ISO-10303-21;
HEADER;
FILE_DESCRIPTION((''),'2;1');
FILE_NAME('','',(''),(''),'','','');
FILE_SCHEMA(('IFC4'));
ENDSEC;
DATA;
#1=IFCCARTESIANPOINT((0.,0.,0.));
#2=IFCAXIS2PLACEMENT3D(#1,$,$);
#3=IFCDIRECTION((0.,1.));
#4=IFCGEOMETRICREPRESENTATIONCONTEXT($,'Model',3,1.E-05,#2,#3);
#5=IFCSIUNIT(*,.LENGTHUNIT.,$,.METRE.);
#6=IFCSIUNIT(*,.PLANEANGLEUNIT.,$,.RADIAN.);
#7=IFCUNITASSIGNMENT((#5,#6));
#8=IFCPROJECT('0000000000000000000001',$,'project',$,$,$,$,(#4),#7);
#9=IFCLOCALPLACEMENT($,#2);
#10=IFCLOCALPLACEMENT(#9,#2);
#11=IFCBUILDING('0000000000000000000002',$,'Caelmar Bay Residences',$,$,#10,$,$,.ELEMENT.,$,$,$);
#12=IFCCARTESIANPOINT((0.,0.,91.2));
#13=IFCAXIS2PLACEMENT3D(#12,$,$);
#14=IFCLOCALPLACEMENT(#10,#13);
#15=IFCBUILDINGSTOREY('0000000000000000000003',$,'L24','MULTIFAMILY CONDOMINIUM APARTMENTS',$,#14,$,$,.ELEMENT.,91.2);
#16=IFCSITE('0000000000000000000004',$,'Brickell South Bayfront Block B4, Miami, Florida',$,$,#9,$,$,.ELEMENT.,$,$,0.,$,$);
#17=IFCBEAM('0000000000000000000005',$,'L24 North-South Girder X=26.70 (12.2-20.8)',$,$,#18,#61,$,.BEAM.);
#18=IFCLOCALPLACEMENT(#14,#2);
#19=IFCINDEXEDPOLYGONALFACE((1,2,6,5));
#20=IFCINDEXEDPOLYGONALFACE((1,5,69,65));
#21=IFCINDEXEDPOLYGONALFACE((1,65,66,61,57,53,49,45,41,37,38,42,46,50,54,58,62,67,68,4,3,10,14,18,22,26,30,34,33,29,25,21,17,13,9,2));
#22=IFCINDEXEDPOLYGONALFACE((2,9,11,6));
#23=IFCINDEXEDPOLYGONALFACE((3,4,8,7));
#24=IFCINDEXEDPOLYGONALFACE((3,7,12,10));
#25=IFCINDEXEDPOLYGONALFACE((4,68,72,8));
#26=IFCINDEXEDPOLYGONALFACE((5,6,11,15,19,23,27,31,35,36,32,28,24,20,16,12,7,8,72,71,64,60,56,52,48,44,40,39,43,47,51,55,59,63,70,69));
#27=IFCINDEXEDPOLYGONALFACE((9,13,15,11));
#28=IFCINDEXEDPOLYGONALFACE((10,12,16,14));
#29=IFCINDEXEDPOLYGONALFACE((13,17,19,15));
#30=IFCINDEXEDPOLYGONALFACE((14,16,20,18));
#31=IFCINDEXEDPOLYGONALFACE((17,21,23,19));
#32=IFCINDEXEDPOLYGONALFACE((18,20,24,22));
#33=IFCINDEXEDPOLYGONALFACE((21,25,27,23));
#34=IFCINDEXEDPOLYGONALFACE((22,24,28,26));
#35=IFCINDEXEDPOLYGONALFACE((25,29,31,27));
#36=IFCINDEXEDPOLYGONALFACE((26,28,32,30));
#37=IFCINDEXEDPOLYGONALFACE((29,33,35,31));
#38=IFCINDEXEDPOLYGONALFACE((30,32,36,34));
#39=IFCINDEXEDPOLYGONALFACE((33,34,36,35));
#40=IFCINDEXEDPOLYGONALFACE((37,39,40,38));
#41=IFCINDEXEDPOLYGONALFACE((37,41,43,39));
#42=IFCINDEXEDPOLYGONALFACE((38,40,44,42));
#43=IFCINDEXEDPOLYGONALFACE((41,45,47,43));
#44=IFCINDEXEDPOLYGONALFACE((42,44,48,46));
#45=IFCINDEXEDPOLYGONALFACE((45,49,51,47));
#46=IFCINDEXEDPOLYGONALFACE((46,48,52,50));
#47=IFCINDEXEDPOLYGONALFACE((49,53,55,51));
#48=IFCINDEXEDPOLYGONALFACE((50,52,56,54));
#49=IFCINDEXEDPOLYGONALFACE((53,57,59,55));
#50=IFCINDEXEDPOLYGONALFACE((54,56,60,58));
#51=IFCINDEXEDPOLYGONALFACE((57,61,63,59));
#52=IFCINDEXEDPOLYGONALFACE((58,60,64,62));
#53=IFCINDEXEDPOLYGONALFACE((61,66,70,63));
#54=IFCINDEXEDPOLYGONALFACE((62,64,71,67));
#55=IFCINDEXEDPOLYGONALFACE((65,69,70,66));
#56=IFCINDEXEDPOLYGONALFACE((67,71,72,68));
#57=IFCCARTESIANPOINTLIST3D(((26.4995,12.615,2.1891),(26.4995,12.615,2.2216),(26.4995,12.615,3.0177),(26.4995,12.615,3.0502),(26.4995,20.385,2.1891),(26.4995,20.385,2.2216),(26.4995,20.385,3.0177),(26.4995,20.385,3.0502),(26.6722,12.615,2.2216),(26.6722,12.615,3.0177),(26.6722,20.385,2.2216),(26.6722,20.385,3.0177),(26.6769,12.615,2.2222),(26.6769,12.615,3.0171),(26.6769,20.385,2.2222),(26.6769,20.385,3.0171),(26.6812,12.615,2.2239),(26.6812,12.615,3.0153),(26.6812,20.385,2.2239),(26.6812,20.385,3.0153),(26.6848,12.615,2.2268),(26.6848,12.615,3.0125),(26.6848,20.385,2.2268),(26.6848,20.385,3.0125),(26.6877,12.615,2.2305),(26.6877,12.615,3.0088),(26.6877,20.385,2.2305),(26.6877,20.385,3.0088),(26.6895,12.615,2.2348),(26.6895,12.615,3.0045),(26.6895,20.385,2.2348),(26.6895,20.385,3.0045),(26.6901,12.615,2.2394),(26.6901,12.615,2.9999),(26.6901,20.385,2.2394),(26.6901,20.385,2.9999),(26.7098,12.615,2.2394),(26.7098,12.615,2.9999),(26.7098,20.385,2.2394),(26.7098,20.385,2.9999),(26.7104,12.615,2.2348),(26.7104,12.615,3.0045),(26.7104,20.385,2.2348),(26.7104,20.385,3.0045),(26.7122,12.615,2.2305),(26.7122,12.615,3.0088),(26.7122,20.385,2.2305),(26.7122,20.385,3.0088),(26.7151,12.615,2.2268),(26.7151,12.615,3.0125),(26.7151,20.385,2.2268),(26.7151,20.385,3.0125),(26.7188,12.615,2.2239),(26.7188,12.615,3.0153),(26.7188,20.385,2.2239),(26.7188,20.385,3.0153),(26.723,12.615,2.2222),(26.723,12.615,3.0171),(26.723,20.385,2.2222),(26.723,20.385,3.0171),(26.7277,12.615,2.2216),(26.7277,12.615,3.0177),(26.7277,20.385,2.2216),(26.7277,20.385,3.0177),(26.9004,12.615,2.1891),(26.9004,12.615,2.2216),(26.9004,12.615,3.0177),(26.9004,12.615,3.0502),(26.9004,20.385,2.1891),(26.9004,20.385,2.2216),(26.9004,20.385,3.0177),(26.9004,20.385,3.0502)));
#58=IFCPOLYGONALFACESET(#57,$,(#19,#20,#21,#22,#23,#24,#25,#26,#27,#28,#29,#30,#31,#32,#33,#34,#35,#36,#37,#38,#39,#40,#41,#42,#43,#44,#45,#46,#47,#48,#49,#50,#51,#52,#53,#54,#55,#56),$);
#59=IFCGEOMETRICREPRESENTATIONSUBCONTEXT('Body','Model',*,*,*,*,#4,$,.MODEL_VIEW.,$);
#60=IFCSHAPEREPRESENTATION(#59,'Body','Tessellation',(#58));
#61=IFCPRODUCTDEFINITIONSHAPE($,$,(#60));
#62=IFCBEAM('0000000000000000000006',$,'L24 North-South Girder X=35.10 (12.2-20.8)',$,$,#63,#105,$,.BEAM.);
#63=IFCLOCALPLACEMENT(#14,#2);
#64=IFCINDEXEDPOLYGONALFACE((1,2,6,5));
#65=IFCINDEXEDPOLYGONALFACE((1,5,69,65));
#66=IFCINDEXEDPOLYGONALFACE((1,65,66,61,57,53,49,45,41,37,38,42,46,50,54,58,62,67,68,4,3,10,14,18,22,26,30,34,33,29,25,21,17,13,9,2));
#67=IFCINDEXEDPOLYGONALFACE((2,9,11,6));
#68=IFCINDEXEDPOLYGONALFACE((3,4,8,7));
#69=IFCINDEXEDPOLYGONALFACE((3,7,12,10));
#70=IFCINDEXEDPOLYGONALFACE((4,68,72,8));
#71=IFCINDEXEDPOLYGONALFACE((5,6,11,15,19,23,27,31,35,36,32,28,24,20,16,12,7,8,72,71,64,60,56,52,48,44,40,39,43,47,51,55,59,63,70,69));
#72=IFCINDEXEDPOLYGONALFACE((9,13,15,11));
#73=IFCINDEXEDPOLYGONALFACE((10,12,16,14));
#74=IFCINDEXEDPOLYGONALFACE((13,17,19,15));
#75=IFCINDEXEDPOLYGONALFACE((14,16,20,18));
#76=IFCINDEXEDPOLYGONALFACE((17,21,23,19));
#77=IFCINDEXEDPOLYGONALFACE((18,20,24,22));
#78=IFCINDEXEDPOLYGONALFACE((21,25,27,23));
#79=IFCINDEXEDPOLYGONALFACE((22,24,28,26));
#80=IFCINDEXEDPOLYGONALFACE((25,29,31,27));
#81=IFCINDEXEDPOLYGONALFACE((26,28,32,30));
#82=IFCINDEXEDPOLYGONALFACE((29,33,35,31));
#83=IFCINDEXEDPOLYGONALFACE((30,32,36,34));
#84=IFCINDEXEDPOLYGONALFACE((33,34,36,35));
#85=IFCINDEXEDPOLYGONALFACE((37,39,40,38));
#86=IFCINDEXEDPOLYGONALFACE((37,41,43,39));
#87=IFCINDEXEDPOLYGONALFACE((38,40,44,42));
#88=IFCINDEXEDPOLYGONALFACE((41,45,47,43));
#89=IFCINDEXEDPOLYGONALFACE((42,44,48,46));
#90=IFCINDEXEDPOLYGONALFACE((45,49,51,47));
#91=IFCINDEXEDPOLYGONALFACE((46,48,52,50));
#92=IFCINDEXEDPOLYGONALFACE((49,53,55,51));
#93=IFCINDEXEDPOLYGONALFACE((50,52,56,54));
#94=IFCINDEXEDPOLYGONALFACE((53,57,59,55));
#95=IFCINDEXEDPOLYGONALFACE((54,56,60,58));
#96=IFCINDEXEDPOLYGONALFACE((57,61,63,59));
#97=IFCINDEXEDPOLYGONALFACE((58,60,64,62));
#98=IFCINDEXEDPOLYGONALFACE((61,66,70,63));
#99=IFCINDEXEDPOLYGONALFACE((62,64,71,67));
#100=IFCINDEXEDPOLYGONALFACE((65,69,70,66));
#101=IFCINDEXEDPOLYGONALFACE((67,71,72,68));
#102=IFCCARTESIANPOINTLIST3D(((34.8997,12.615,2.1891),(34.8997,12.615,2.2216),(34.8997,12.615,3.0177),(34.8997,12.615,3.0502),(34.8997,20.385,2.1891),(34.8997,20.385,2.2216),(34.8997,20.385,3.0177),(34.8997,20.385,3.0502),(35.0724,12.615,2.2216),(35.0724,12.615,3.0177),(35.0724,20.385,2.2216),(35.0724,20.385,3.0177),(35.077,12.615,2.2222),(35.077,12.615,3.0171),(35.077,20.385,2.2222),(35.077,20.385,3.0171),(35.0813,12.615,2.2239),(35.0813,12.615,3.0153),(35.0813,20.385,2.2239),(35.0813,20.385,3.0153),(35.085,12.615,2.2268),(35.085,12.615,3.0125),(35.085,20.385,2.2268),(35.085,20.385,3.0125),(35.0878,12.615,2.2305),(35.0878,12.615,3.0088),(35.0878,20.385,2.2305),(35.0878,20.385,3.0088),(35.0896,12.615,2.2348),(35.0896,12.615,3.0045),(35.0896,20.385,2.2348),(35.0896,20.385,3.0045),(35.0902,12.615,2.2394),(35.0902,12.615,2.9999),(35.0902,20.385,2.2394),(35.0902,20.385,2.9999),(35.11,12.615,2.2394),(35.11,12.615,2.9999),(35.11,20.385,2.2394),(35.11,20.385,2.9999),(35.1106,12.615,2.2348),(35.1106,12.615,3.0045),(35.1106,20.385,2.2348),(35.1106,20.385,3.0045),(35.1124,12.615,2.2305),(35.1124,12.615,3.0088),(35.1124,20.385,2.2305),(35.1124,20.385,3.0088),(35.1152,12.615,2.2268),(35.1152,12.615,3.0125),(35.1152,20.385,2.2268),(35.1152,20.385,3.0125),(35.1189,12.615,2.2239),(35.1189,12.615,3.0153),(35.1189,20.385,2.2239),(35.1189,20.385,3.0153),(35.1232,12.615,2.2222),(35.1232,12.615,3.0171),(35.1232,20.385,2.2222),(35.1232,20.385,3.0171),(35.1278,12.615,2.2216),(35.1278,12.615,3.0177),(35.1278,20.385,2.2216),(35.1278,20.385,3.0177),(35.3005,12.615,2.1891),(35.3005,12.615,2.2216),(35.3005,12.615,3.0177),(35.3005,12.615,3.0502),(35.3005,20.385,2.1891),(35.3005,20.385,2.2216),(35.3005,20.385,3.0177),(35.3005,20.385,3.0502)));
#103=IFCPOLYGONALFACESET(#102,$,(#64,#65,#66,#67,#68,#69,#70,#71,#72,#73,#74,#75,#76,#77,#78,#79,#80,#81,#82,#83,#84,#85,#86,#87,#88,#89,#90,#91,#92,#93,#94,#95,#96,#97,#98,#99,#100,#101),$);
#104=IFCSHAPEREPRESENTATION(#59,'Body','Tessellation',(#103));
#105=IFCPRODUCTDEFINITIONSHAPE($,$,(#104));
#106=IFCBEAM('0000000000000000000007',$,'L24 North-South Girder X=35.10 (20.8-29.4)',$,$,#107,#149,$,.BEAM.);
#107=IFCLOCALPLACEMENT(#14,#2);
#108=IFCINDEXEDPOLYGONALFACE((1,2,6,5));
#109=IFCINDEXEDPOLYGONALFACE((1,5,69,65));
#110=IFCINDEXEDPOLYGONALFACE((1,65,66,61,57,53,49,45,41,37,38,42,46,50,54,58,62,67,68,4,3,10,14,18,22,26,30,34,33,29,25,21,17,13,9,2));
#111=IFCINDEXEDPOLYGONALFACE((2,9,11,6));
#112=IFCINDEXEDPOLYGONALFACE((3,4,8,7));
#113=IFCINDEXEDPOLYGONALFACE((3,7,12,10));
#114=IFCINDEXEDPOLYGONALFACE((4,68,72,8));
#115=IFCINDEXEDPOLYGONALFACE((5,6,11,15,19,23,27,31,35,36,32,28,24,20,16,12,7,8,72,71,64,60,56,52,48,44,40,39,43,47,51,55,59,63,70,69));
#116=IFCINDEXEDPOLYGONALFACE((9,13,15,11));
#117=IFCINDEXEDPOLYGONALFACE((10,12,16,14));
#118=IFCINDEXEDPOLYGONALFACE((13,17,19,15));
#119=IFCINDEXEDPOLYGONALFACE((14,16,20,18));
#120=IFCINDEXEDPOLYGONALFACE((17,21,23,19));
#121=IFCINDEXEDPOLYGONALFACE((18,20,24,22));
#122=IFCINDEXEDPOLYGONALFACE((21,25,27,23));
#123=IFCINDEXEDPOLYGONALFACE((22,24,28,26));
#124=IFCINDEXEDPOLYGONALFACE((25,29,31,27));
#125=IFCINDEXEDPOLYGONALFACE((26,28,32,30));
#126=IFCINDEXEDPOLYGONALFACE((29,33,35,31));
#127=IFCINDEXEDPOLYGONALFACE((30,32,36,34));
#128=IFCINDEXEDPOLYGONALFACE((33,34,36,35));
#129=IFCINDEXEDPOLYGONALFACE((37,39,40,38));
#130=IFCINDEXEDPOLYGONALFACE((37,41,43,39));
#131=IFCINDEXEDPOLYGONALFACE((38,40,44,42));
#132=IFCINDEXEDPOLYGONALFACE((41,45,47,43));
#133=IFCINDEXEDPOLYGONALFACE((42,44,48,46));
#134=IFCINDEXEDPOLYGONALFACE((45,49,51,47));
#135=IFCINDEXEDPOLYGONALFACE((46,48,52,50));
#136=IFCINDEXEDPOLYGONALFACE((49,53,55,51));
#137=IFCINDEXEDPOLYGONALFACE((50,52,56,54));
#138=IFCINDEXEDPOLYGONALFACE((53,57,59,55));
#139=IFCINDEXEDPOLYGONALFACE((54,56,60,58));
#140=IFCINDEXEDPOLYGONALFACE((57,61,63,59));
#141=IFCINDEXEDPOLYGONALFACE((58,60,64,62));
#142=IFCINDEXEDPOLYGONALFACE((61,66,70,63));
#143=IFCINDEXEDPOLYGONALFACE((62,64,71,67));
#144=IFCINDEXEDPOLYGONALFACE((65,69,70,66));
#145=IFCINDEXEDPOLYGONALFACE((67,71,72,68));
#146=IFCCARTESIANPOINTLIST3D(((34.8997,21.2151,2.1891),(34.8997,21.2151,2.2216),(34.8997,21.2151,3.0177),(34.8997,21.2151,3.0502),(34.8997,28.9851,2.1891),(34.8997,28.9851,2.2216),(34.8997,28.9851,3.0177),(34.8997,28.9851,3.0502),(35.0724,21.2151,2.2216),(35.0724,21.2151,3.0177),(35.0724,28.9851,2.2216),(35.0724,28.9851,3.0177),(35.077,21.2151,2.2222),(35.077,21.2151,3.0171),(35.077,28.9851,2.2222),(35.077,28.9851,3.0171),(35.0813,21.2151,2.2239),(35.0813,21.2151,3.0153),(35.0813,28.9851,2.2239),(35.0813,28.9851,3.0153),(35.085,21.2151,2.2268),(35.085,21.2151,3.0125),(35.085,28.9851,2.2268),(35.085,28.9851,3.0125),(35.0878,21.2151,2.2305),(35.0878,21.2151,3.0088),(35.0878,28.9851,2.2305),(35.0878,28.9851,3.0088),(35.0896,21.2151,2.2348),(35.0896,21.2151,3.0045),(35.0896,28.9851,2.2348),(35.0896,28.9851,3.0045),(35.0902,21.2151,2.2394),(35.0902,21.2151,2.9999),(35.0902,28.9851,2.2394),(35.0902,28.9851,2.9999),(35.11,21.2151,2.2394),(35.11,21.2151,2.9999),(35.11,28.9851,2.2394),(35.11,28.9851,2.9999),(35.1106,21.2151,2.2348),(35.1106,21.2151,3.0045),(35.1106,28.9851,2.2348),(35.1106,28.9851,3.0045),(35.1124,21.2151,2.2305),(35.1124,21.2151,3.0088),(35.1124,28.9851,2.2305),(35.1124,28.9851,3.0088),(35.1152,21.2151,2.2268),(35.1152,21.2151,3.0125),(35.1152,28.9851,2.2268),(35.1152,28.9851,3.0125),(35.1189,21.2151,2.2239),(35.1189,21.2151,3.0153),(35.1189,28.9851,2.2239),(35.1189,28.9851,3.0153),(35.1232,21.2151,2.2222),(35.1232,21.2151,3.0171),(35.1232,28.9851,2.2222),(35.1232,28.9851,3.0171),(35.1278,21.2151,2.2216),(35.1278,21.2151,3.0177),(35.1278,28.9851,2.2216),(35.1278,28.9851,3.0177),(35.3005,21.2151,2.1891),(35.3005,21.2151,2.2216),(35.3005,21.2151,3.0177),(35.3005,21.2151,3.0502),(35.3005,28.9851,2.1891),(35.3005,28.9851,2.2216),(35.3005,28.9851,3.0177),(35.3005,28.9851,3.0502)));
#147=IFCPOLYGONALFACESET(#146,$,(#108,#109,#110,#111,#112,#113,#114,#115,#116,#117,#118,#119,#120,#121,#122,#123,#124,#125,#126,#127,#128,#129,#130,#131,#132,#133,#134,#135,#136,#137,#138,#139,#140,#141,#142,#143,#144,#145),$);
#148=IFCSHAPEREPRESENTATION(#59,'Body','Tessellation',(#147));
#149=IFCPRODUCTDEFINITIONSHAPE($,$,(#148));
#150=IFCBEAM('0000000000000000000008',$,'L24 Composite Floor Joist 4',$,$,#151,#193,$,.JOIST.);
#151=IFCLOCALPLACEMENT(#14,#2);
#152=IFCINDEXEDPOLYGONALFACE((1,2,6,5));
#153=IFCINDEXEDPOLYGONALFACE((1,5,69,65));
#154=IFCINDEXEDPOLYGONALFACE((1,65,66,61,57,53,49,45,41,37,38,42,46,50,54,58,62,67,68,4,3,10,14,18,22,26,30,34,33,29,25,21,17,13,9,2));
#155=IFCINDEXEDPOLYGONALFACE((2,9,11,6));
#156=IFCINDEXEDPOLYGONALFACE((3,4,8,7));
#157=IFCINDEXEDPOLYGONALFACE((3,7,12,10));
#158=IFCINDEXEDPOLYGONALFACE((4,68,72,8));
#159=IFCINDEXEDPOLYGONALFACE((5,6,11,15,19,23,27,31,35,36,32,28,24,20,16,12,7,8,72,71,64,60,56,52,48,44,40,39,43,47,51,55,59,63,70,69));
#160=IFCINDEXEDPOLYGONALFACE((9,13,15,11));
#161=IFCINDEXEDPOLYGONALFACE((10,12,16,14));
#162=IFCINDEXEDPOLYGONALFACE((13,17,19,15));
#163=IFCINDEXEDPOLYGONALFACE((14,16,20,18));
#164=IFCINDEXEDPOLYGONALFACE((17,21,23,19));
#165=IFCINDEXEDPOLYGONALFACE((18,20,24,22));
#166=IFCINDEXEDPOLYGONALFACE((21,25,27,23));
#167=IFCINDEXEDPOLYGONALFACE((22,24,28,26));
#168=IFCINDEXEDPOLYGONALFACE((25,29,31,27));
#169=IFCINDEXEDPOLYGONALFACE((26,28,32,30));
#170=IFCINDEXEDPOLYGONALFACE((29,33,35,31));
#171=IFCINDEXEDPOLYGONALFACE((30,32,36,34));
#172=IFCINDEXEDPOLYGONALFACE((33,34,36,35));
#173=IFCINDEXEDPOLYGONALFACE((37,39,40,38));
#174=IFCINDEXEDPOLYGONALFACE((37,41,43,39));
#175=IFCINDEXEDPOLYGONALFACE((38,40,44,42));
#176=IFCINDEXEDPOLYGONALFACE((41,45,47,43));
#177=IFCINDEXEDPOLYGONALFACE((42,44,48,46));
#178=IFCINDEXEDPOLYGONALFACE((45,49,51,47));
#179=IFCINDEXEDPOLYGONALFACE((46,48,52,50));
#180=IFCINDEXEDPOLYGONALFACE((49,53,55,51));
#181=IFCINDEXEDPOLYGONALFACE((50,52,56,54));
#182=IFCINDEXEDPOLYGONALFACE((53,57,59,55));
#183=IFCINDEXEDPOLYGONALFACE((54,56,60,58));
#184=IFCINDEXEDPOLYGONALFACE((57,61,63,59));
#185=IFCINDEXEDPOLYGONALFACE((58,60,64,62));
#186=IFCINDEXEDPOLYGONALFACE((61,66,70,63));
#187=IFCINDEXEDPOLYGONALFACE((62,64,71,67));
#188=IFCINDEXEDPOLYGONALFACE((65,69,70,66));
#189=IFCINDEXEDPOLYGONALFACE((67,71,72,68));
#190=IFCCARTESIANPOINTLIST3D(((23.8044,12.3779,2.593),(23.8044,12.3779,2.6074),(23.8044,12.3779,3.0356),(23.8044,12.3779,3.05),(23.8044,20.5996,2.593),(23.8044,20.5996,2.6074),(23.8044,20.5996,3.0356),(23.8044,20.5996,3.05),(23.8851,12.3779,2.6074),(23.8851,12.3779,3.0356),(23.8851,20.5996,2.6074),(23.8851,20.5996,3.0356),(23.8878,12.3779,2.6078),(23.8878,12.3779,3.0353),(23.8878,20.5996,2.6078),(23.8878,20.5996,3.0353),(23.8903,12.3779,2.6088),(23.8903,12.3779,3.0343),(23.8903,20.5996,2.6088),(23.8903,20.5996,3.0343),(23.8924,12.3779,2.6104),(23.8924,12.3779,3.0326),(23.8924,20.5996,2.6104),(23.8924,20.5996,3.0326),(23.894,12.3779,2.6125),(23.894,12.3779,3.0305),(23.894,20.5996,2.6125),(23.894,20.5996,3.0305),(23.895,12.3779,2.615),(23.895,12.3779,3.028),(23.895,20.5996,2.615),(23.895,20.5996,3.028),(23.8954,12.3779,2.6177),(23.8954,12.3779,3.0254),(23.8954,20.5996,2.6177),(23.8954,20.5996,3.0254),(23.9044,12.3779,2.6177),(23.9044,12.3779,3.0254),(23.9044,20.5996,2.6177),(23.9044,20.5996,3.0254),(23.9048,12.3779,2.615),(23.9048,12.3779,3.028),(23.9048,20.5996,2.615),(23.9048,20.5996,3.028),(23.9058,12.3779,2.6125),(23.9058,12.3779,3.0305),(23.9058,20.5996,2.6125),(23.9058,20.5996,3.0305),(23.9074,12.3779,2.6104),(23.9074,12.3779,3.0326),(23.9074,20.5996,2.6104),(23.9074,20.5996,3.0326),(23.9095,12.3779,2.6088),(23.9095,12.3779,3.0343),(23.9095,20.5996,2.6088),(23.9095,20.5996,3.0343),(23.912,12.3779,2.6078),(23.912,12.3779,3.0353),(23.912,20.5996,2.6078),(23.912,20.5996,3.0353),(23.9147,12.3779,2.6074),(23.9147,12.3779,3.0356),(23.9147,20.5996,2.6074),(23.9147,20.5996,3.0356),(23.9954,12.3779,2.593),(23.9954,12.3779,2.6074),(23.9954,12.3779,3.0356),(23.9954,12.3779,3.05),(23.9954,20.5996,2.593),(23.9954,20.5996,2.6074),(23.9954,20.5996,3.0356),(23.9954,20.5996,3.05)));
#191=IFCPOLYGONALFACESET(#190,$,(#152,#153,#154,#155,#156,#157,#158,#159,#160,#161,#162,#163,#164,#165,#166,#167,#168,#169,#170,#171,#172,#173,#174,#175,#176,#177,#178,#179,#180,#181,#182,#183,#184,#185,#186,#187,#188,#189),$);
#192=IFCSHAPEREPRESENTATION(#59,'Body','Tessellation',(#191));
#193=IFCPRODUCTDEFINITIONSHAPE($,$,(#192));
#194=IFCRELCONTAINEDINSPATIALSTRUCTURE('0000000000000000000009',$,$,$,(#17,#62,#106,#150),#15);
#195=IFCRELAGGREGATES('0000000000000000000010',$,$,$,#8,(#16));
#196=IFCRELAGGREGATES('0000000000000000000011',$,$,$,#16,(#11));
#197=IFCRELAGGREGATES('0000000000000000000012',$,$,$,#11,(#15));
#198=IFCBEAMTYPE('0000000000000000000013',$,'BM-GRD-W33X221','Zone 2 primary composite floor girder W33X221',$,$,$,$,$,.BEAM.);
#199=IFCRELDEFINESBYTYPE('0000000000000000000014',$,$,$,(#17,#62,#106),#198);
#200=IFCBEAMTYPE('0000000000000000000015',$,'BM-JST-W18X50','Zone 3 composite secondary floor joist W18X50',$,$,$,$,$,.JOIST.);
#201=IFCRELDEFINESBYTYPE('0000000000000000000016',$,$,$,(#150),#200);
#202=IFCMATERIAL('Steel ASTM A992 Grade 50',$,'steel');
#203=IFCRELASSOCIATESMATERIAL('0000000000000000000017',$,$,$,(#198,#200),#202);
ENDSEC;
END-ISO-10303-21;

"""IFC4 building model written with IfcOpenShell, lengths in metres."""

from ifc_helpers import new_model, si_unit, direction, frame, origin, origin_2d, place, context, subcontext, project, spatial, i_section, extrude, material, material_profile, profile_set, type_object, element, save


model = new_model("IFC4")

# Units and contexts
model_context = context("Model", 3, precision=1e-05, world=origin(), true_north=direction((0.0, 1.0)))
body_context = subcontext(model_context, "Body", "Model", "MODEL_VIEW")
ifc_project = project(units=[si_unit("LENGTHUNIT", "METRE"), si_unit("PLANEANGLEUNIT", "RADIAN")], contexts=[model_context])

# Site, building, storey
site_placement = place(None, origin())
site = spatial("IfcSite", under=ifc_project, at=site_placement, Name="Brickell South Bayfront Block B4, Miami, Florida", CompositionType="ELEMENT", RefElevation=0.0)
building_placement = place(site_placement, origin())
building = spatial("IfcBuilding", under=site, at=building_placement, Name="Caelmar Bay Residences", CompositionType="ELEMENT")
storey_placement = place(building_placement, frame((0.0, 0.0, 91.2)))
storey = spatial("IfcBuildingStorey", under=building, at=storey_placement, Name="L24", Description="MULTIFAMILY CONDOMINIUM APARTMENTS", CompositionType="ELEMENT", Elevation=91.2)

# Beams
ifc_material_1 = material(Name="Steel ASTM A992 Grade 50", Category="steel")
ifc_material_profile_1 = material_profile(ifc_material_1, i_section(OverallWidth=0.4009, OverallDepth=0.8611, WebThickness=0.0198, FlangeThickness=0.0325, FilletRadius=0.0178, at=origin_2d()), Name="W33X221")
ifc_profile_set_1 = profile_set([ifc_material_profile_1], Name="Steel ASTM A992 Grade 50")
beam_type_1 = type_object("IfcBeamType", Name="BM-GRD-W33X221", Description="Zone 2 primary composite floor girder W33X221", PredefinedType="BEAM", material=ifc_profile_set_1)
for number, where, z_axis, x_axis, name in (
    (1, (26.7, 12.615, 2.6196), (0.0, 1.0, 0.0), (-1.0, 0.0, 0.0), "L24 North-South Girder X=26.70 (12.2-20.8)"),
    (2, (35.1001, 12.615, 2.6196), (0.0, 1.0, 0.0), (-1.0, 0.0, 0.0), "L24 North-South Girder X=35.10 (12.2-20.8)"),
    (3, (35.1001, 21.2151, 2.6196), (0.0, 1.0, 0.0), (-1.0, 0.0, 0.0), "L24 North-South Girder X=35.10 (20.8-29.4)"),
):
    element("IfcBeam", number, at=place(storey_placement, frame(where, z_axis=z_axis, x_axis=x_axis)), inside=storey, type_object=beam_type_1, Name=name, PredefinedType="BEAM", context=body_context, shape_type="SweptSolid", body=[
        extrude(i_section(OverallWidth=0.4009, OverallDepth=0.8611, WebThickness=0.0198, FlangeThickness=0.0325, FilletRadius=0.0178, at=origin_2d()), origin(), (0.0, 0.0, 1.0), 7.77),
    ])
ifc_material_profile_2 = material_profile(ifc_material_1, i_section(OverallWidth=0.1909, OverallDepth=0.457, WebThickness=0.009, FlangeThickness=0.0144, FilletRadius=0.0103, at=origin_2d()), Name="W18X50")
ifc_profile_set_2 = profile_set([ifc_material_profile_2], Name="Steel ASTM A992 Grade 50")
beam_type_2 = type_object("IfcBeamType", Name="BM-JST-W18X50", Description="Zone 3 composite secondary floor joist W18X50", PredefinedType="JOIST", material=ifc_profile_set_2)
for number, where, z_axis, x_axis, name in (
    (4, (23.8999, 12.3779, 2.8215), (0.0, 1.0, 0.0), (-1.0, 0.0, 0.0), "L24 Composite Floor Joist 4"),
):
    element("IfcBeam", number, at=place(storey_placement, frame(where, z_axis=z_axis, x_axis=x_axis)), inside=storey, type_object=beam_type_2, Name=name, PredefinedType="JOIST", context=body_context, shape_type="SweptSolid", body=[
        extrude(i_section(OverallWidth=0.1909, OverallDepth=0.457, WebThickness=0.009, FlangeThickness=0.0144, FilletRadius=0.0103, at=origin_2d()), origin(), (0.0, 0.0, 1.0), 8.2217),
    ])

save(model, "model.ifc")
